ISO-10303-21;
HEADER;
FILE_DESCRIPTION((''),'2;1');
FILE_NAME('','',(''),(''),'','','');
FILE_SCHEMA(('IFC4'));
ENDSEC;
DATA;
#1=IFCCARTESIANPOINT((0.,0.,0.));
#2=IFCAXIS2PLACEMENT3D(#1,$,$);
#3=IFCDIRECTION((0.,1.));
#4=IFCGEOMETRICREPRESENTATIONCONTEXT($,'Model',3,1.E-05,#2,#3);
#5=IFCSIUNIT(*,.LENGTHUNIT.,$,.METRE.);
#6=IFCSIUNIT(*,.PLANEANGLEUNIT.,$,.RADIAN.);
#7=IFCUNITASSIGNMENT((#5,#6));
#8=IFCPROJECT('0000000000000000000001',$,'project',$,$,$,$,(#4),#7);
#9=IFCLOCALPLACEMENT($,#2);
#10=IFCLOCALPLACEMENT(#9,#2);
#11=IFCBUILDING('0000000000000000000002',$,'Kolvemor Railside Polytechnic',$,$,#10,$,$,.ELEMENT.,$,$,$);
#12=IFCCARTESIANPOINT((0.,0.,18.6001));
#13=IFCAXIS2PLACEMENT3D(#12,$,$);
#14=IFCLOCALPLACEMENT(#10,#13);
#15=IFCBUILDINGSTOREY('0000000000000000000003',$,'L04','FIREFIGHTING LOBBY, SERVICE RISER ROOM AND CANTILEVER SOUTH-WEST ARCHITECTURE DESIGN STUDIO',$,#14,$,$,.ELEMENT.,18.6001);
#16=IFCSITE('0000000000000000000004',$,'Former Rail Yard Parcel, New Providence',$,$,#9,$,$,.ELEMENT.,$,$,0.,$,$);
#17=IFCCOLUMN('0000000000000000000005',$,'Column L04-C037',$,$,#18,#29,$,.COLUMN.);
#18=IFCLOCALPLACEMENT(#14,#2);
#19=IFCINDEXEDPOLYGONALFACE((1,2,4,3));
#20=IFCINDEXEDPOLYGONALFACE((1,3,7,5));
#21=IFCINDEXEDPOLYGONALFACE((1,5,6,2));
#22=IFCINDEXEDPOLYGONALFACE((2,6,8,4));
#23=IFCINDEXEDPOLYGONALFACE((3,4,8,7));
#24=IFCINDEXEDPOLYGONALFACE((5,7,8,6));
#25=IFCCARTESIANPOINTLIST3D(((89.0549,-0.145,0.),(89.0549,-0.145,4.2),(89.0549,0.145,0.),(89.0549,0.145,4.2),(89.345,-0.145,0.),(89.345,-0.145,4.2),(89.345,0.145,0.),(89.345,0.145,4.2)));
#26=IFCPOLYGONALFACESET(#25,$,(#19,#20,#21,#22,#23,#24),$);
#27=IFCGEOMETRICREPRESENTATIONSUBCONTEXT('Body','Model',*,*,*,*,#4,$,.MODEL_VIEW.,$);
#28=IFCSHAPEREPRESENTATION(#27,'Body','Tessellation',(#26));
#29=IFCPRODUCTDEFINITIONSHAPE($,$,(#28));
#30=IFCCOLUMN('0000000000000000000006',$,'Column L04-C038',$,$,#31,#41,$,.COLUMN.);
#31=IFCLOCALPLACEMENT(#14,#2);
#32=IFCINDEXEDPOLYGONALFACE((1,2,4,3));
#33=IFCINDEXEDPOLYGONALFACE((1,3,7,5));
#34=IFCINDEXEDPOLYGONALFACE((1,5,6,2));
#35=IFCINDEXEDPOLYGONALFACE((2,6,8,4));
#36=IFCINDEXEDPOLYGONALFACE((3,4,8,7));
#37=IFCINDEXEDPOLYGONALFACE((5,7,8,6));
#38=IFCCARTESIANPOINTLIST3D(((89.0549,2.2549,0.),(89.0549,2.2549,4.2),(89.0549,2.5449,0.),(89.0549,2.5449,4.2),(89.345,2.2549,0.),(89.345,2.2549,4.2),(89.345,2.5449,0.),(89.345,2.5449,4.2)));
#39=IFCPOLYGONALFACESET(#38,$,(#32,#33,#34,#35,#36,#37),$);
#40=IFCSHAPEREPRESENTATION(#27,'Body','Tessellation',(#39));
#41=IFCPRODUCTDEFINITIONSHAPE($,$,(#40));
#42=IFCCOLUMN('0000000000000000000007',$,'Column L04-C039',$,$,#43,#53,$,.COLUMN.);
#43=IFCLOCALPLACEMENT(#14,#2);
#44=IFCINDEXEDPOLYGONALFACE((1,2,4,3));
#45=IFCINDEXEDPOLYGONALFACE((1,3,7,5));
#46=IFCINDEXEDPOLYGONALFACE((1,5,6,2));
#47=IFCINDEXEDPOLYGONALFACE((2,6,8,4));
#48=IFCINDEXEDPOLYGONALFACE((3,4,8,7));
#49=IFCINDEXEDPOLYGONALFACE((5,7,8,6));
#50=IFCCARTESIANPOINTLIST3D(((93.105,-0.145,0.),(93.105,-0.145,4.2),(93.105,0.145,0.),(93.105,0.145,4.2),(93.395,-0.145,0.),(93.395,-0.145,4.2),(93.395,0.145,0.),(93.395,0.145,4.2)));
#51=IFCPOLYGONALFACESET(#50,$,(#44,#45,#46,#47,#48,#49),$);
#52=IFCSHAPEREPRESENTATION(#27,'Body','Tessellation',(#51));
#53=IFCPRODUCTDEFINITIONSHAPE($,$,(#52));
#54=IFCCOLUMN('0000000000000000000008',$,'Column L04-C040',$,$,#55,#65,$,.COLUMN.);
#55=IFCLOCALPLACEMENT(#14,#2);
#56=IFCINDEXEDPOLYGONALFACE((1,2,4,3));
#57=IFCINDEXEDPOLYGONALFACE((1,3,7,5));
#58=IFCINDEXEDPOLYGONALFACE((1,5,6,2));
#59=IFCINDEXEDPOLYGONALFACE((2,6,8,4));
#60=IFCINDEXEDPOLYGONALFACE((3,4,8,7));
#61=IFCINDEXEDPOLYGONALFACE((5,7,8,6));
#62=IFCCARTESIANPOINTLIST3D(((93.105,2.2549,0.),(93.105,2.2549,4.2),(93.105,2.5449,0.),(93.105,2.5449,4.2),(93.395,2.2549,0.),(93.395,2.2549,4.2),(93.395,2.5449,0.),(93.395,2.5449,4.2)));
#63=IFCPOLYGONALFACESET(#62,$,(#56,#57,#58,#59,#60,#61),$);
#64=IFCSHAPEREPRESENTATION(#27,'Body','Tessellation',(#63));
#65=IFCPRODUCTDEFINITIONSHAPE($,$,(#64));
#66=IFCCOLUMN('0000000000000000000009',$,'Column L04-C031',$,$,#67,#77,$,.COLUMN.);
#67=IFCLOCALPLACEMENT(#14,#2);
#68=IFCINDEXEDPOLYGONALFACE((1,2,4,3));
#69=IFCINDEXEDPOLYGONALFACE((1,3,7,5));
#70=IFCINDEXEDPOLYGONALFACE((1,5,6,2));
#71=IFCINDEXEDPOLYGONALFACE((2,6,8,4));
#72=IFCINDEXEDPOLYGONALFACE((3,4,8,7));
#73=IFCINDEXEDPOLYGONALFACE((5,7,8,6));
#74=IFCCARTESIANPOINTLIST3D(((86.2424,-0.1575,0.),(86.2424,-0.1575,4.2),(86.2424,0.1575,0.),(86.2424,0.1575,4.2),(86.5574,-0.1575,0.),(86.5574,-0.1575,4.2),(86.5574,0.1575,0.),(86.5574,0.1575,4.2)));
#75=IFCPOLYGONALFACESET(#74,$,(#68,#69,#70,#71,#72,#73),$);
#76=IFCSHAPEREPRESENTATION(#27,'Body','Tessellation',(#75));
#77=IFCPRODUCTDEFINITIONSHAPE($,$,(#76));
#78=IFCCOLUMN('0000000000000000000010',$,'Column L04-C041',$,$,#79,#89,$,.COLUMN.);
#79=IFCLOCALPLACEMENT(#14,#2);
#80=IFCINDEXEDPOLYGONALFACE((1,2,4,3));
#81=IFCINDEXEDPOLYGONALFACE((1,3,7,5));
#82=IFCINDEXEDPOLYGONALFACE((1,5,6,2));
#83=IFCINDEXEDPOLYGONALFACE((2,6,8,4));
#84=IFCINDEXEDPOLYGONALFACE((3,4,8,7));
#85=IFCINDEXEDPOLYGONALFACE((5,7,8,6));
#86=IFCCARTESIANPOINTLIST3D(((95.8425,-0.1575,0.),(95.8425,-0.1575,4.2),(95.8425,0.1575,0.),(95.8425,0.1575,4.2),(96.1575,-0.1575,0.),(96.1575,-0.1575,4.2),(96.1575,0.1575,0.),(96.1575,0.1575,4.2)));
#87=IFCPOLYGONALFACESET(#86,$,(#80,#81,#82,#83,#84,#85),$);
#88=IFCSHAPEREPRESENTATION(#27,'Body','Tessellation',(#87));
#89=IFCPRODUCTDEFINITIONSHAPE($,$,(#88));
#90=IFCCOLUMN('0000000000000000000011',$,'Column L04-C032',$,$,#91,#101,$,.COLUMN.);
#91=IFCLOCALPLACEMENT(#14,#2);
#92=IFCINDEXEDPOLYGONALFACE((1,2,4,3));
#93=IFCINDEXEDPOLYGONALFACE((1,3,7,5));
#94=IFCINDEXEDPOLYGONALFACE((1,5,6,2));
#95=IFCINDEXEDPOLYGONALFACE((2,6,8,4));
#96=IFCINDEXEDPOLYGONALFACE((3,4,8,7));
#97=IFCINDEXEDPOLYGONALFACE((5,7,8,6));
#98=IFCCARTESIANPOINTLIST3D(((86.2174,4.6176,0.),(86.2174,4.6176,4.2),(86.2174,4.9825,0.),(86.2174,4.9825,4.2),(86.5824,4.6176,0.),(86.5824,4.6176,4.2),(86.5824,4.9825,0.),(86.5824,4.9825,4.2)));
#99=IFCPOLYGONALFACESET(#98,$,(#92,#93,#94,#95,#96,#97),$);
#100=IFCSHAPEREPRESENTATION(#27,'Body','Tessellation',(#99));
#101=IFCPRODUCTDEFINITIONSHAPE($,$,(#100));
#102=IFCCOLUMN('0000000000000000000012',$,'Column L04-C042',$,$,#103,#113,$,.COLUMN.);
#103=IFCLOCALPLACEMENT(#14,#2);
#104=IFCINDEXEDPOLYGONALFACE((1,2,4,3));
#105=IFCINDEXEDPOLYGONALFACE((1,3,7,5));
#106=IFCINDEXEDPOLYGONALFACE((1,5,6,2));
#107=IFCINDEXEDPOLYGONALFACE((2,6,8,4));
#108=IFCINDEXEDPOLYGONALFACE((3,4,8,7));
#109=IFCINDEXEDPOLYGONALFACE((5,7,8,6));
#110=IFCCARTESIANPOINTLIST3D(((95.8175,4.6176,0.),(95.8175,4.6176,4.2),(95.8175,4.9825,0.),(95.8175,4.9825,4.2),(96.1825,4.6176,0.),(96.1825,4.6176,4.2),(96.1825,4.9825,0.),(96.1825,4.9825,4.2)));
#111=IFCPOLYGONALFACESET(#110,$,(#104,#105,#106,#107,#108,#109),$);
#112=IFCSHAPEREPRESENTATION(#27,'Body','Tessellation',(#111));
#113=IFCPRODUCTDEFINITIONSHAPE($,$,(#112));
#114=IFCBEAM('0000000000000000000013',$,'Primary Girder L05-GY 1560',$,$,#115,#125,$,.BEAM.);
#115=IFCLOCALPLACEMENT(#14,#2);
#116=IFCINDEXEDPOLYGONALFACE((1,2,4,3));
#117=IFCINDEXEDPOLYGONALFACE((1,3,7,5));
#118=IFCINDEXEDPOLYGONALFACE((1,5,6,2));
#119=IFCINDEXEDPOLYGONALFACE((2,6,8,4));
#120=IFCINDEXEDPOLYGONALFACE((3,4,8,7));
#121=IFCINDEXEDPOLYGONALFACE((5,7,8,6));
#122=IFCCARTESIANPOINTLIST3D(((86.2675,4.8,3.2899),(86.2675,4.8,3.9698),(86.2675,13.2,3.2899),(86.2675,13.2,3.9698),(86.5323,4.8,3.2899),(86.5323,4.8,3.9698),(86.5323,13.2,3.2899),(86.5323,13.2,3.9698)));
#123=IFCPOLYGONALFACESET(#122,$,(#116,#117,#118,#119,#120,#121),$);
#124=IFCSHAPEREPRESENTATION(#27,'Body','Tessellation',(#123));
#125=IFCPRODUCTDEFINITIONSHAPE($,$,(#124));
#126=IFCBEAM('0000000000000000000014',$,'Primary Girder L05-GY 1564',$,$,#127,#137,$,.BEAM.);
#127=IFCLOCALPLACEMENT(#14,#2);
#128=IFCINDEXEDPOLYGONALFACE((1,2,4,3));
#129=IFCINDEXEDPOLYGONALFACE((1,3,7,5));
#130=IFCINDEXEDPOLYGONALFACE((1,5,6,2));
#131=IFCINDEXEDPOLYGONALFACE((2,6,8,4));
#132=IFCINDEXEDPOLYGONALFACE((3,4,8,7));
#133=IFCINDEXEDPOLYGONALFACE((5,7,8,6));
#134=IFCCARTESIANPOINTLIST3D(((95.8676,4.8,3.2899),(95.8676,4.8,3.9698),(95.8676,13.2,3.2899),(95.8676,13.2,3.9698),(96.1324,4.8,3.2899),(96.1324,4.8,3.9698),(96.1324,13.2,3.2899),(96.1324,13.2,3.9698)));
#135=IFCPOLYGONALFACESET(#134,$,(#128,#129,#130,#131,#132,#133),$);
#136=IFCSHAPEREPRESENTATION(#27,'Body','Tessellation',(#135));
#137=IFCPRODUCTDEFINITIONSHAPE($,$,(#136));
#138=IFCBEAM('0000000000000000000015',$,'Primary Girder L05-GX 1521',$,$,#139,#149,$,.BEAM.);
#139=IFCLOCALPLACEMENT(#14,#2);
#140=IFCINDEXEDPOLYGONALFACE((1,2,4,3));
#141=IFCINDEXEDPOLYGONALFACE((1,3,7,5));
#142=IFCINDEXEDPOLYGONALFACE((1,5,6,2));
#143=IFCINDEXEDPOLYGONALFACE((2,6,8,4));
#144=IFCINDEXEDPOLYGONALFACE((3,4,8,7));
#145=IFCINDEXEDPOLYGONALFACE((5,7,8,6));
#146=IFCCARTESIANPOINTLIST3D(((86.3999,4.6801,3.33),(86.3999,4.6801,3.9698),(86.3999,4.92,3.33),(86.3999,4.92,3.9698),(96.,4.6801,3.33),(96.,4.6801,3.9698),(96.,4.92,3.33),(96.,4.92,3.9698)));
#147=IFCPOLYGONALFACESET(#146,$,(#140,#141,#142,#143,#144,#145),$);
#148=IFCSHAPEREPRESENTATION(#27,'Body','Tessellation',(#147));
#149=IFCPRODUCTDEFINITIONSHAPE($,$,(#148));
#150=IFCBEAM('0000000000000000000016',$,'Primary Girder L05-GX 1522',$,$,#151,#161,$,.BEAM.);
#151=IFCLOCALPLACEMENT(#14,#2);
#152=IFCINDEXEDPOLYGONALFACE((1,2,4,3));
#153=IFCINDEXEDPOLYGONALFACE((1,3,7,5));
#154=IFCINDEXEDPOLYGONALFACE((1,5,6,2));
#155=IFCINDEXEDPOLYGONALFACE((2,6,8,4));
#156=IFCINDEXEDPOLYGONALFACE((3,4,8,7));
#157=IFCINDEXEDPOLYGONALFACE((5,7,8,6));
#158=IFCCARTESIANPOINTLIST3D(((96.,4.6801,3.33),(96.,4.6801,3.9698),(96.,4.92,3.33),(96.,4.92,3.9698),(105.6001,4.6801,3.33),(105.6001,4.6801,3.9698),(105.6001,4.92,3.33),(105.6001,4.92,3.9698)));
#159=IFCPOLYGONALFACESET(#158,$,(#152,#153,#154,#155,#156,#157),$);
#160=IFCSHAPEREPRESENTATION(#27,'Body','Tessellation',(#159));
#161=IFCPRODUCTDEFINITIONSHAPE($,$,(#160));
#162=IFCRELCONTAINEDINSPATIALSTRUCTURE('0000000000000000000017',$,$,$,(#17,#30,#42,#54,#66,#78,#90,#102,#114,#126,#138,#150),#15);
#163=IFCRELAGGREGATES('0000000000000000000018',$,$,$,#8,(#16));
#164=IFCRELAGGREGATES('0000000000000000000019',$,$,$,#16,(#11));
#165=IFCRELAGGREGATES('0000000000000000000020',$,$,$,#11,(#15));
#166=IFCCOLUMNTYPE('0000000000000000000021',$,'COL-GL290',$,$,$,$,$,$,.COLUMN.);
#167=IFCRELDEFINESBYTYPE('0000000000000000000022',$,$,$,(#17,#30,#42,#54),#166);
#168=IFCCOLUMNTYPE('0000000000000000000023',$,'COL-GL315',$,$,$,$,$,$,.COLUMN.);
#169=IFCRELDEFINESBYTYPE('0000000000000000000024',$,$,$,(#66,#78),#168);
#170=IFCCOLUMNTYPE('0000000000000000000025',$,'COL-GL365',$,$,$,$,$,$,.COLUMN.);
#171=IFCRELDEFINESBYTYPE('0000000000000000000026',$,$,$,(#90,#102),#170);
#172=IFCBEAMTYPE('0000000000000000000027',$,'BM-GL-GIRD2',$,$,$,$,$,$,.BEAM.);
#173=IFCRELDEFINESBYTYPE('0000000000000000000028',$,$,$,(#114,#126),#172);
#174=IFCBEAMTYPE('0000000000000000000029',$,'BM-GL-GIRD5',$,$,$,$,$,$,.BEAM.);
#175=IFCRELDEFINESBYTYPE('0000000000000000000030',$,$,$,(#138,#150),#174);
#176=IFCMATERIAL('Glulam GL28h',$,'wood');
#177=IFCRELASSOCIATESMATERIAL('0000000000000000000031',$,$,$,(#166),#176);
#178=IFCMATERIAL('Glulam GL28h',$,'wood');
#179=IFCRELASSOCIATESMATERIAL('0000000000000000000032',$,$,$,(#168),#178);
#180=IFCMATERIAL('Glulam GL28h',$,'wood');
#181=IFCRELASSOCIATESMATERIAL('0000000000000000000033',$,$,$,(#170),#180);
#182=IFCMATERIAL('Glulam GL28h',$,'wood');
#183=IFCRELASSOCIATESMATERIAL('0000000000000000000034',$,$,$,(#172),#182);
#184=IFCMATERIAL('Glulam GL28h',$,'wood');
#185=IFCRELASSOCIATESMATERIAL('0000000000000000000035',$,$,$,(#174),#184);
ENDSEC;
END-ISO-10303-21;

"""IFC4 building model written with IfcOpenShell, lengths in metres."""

from ifc_helpers import new_model, si_unit, direction, frame, origin, origin_2d, place, context, subcontext, project, spatial, rectangle, extrude, material, material_profile, profile_set, type_object, element, save


model = new_model("IFC4")

# Units and contexts
model_context = context("Model", 3, precision=1e-05, world=origin(), true_north=direction((0.0, 1.0)))
body_context = subcontext(model_context, "Body", "Model", "MODEL_VIEW")
ifc_project = project(units=[si_unit("LENGTHUNIT", "METRE"), si_unit("PLANEANGLEUNIT", "RADIAN")], contexts=[model_context])

# Site, building, storey
site_placement = place(None, origin())
site = spatial("IfcSite", under=ifc_project, at=site_placement, Name="Former Rail Yard Parcel, New Providence", CompositionType="ELEMENT", RefElevation=0.0)
building_placement = place(site_placement, origin())
building = spatial("IfcBuilding", under=site, at=building_placement, Name="Kolvemor Railside Polytechnic", CompositionType="ELEMENT")
storey_placement = place(building_placement, frame((0.0, 0.0, 18.6001)))
storey = spatial("IfcBuildingStorey", under=building, at=storey_placement, Name="L04", Description="FIREFIGHTING LOBBY, SERVICE RISER ROOM AND CANTILEVER SOUTH-WEST ARCHITECTURE DESIGN STUDIO", CompositionType="ELEMENT", Elevation=18.6001)

# Columns
ifc_material_1 = material(Name="Glulam GL28h", Category="wood")
ifc_material_profile_1 = material_profile(ifc_material_1, rectangle(XDim=0.29, YDim=0.29, at=origin_2d()), Name="GL290x290")
ifc_profile_set_1 = profile_set([ifc_material_profile_1], Name="Glulam GL28h")
column_type_1 = type_object("IfcColumnType", Name="COL-GL290", PredefinedType="COLUMN", material=ifc_profile_set_1)
for number, where, z_axis, x_axis, name in (
    (1, (89.2, 0.0, 0.0), (0.0, 0.0, 1.0), (1.0, 0.0, 0.0), "Column L04-C037"),
    (2, (89.2, 2.3999, 0.0), (0.0, 0.0, 1.0), (1.0, 0.0, 0.0), "Column L04-C038"),
    (3, (93.25, 0.0, 0.0), (0.0, 0.0, 1.0), (1.0, 0.0, 0.0), "Column L04-C039"),
    (4, (93.25, 2.3999, 0.0), (0.0, 0.0, 1.0), (1.0, 0.0, 0.0), "Column L04-C040"),
):
    element("IfcColumn", number, at=place(storey_placement, frame(where, z_axis=z_axis, x_axis=x_axis)), inside=storey, type_object=column_type_1, Name=name, PredefinedType="COLUMN", context=body_context, shape_type="SweptSolid", body=[
        extrude(rectangle(XDim=0.29, YDim=0.29, at=origin_2d()), origin(), (0.0, 0.0, 1.0), 4.2),
    ])
ifc_material_2 = material(Name="Glulam GL28h", Category="wood")
ifc_material_profile_2 = material_profile(ifc_material_2, rectangle(XDim=0.3149, YDim=0.3149, at=origin_2d()), Name="GL315x315")
ifc_profile_set_2 = profile_set([ifc_material_profile_2], Name="Glulam GL28h")
column_type_2 = type_object("IfcColumnType", Name="COL-GL315", PredefinedType="COLUMN", material=ifc_profile_set_2)
for number, where, z_axis, x_axis, name in (
    (5, (86.3999, 0.0, 0.0), (0.0, 0.0, 1.0), (1.0, 0.0, 0.0), "Column L04-C031"),
    (6, (96.0, 0.0, 0.0), (0.0, 0.0, 1.0), (1.0, 0.0, 0.0), "Column L04-C041"),
):
    element("IfcColumn", number, at=place(storey_placement, frame(where, z_axis=z_axis, x_axis=x_axis)), inside=storey, type_object=column_type_2, Name=name, PredefinedType="COLUMN", context=body_context, shape_type="SweptSolid", body=[
        extrude(rectangle(XDim=0.3149, YDim=0.3149, at=origin_2d()), origin(), (0.0, 0.0, 1.0), 4.2),
    ])
ifc_material_3 = material(Name="Glulam GL28h", Category="wood")
ifc_material_profile_3 = material_profile(ifc_material_3, rectangle(XDim=0.365, YDim=0.365, at=origin_2d()), Name="GL365x365")
ifc_profile_set_3 = profile_set([ifc_material_profile_3], Name="Glulam GL28h")
column_type_3 = type_object("IfcColumnType", Name="COL-GL365", PredefinedType="COLUMN", material=ifc_profile_set_3)
for number, where, z_axis, x_axis, name in (
    (7, (86.3999, 4.8, 0.0), (0.0, 0.0, 1.0), (1.0, 0.0, 0.0), "Column L04-C032"),
    (8, (96.0, 4.8, 0.0), (0.0, 0.0, 1.0), (1.0, 0.0, 0.0), "Column L04-C042"),
):
    element("IfcColumn", number, at=place(storey_placement, frame(where, z_axis=z_axis, x_axis=x_axis)), inside=storey, type_object=column_type_3, Name=name, PredefinedType="COLUMN", context=body_context, shape_type="SweptSolid", body=[
        extrude(rectangle(XDim=0.365, YDim=0.365, at=origin_2d()), origin(), (0.0, 0.0, 1.0), 4.2),
    ])

# Beams
ifc_material_4 = material(Name="Glulam GL28h", Category="wood")
ifc_material_profile_4 = material_profile(ifc_material_4, rectangle(XDim=0.2649, YDim=0.6799, at=origin_2d()), Name="GL265x680")
ifc_profile_set_4 = profile_set([ifc_material_profile_4], Name="Glulam GL28h")
beam_type_1 = type_object("IfcBeamType", Name="BM-GL-GIRD2", PredefinedType="BEAM", material=ifc_profile_set_4)
for number, where, z_axis, x_axis, name in (
    (9, (86.3999, 4.8, 3.6299), (0.0, 1.0, 0.0), (-1.0, 0.0, 0.0), "Primary Girder L05-GY 1560"),
    (10, (96.0, 4.8, 3.6299), (0.0, 1.0, 0.0), (-1.0, 0.0, 0.0), "Primary Girder L05-GY 1564"),
):
    element("IfcBeam", number, at=place(storey_placement, frame(where, z_axis=z_axis, x_axis=x_axis)), inside=storey, type_object=beam_type_1, Name=name, PredefinedType="BEAM", context=body_context, shape_type="SweptSolid", body=[
        extrude(rectangle(XDim=0.2649, YDim=0.6799, at=origin_2d()), origin(), (0.0, 0.0, 1.0), 8.3999),
    ])
ifc_material_5 = material(Name="Glulam GL28h", Category="wood")
ifc_material_profile_5 = material_profile(ifc_material_5, rectangle(XDim=0.24, YDim=0.6399, at=origin_2d()), Name="GL240x640")
ifc_profile_set_5 = profile_set([ifc_material_profile_5], Name="Glulam GL28h")
beam_type_2 = type_object("IfcBeamType", Name="BM-GL-GIRD5", PredefinedType="BEAM", material=ifc_profile_set_5)
for number, where, z_axis, x_axis, name in (
    (11, (86.3999, 4.8, 3.6499), (1.0, 0.0, 0.0), (0.0, 1.0, 0.0), "Primary Girder L05-GX 1521"),
    (12, (96.0, 4.8, 3.6499), (1.0, 0.0, 0.0), (0.0, 1.0, 0.0), "Primary Girder L05-GX 1522"),
):
    element("IfcBeam", number, at=place(storey_placement, frame(where, z_axis=z_axis, x_axis=x_axis)), inside=storey, type_object=beam_type_2, Name=name, PredefinedType="BEAM", context=body_context, shape_type="SweptSolid", body=[
        extrude(rectangle(XDim=0.24, YDim=0.6399, at=origin_2d()), origin(), (0.0, 0.0, 1.0), 9.6001),
    ])

save(model, "model.ifc")
